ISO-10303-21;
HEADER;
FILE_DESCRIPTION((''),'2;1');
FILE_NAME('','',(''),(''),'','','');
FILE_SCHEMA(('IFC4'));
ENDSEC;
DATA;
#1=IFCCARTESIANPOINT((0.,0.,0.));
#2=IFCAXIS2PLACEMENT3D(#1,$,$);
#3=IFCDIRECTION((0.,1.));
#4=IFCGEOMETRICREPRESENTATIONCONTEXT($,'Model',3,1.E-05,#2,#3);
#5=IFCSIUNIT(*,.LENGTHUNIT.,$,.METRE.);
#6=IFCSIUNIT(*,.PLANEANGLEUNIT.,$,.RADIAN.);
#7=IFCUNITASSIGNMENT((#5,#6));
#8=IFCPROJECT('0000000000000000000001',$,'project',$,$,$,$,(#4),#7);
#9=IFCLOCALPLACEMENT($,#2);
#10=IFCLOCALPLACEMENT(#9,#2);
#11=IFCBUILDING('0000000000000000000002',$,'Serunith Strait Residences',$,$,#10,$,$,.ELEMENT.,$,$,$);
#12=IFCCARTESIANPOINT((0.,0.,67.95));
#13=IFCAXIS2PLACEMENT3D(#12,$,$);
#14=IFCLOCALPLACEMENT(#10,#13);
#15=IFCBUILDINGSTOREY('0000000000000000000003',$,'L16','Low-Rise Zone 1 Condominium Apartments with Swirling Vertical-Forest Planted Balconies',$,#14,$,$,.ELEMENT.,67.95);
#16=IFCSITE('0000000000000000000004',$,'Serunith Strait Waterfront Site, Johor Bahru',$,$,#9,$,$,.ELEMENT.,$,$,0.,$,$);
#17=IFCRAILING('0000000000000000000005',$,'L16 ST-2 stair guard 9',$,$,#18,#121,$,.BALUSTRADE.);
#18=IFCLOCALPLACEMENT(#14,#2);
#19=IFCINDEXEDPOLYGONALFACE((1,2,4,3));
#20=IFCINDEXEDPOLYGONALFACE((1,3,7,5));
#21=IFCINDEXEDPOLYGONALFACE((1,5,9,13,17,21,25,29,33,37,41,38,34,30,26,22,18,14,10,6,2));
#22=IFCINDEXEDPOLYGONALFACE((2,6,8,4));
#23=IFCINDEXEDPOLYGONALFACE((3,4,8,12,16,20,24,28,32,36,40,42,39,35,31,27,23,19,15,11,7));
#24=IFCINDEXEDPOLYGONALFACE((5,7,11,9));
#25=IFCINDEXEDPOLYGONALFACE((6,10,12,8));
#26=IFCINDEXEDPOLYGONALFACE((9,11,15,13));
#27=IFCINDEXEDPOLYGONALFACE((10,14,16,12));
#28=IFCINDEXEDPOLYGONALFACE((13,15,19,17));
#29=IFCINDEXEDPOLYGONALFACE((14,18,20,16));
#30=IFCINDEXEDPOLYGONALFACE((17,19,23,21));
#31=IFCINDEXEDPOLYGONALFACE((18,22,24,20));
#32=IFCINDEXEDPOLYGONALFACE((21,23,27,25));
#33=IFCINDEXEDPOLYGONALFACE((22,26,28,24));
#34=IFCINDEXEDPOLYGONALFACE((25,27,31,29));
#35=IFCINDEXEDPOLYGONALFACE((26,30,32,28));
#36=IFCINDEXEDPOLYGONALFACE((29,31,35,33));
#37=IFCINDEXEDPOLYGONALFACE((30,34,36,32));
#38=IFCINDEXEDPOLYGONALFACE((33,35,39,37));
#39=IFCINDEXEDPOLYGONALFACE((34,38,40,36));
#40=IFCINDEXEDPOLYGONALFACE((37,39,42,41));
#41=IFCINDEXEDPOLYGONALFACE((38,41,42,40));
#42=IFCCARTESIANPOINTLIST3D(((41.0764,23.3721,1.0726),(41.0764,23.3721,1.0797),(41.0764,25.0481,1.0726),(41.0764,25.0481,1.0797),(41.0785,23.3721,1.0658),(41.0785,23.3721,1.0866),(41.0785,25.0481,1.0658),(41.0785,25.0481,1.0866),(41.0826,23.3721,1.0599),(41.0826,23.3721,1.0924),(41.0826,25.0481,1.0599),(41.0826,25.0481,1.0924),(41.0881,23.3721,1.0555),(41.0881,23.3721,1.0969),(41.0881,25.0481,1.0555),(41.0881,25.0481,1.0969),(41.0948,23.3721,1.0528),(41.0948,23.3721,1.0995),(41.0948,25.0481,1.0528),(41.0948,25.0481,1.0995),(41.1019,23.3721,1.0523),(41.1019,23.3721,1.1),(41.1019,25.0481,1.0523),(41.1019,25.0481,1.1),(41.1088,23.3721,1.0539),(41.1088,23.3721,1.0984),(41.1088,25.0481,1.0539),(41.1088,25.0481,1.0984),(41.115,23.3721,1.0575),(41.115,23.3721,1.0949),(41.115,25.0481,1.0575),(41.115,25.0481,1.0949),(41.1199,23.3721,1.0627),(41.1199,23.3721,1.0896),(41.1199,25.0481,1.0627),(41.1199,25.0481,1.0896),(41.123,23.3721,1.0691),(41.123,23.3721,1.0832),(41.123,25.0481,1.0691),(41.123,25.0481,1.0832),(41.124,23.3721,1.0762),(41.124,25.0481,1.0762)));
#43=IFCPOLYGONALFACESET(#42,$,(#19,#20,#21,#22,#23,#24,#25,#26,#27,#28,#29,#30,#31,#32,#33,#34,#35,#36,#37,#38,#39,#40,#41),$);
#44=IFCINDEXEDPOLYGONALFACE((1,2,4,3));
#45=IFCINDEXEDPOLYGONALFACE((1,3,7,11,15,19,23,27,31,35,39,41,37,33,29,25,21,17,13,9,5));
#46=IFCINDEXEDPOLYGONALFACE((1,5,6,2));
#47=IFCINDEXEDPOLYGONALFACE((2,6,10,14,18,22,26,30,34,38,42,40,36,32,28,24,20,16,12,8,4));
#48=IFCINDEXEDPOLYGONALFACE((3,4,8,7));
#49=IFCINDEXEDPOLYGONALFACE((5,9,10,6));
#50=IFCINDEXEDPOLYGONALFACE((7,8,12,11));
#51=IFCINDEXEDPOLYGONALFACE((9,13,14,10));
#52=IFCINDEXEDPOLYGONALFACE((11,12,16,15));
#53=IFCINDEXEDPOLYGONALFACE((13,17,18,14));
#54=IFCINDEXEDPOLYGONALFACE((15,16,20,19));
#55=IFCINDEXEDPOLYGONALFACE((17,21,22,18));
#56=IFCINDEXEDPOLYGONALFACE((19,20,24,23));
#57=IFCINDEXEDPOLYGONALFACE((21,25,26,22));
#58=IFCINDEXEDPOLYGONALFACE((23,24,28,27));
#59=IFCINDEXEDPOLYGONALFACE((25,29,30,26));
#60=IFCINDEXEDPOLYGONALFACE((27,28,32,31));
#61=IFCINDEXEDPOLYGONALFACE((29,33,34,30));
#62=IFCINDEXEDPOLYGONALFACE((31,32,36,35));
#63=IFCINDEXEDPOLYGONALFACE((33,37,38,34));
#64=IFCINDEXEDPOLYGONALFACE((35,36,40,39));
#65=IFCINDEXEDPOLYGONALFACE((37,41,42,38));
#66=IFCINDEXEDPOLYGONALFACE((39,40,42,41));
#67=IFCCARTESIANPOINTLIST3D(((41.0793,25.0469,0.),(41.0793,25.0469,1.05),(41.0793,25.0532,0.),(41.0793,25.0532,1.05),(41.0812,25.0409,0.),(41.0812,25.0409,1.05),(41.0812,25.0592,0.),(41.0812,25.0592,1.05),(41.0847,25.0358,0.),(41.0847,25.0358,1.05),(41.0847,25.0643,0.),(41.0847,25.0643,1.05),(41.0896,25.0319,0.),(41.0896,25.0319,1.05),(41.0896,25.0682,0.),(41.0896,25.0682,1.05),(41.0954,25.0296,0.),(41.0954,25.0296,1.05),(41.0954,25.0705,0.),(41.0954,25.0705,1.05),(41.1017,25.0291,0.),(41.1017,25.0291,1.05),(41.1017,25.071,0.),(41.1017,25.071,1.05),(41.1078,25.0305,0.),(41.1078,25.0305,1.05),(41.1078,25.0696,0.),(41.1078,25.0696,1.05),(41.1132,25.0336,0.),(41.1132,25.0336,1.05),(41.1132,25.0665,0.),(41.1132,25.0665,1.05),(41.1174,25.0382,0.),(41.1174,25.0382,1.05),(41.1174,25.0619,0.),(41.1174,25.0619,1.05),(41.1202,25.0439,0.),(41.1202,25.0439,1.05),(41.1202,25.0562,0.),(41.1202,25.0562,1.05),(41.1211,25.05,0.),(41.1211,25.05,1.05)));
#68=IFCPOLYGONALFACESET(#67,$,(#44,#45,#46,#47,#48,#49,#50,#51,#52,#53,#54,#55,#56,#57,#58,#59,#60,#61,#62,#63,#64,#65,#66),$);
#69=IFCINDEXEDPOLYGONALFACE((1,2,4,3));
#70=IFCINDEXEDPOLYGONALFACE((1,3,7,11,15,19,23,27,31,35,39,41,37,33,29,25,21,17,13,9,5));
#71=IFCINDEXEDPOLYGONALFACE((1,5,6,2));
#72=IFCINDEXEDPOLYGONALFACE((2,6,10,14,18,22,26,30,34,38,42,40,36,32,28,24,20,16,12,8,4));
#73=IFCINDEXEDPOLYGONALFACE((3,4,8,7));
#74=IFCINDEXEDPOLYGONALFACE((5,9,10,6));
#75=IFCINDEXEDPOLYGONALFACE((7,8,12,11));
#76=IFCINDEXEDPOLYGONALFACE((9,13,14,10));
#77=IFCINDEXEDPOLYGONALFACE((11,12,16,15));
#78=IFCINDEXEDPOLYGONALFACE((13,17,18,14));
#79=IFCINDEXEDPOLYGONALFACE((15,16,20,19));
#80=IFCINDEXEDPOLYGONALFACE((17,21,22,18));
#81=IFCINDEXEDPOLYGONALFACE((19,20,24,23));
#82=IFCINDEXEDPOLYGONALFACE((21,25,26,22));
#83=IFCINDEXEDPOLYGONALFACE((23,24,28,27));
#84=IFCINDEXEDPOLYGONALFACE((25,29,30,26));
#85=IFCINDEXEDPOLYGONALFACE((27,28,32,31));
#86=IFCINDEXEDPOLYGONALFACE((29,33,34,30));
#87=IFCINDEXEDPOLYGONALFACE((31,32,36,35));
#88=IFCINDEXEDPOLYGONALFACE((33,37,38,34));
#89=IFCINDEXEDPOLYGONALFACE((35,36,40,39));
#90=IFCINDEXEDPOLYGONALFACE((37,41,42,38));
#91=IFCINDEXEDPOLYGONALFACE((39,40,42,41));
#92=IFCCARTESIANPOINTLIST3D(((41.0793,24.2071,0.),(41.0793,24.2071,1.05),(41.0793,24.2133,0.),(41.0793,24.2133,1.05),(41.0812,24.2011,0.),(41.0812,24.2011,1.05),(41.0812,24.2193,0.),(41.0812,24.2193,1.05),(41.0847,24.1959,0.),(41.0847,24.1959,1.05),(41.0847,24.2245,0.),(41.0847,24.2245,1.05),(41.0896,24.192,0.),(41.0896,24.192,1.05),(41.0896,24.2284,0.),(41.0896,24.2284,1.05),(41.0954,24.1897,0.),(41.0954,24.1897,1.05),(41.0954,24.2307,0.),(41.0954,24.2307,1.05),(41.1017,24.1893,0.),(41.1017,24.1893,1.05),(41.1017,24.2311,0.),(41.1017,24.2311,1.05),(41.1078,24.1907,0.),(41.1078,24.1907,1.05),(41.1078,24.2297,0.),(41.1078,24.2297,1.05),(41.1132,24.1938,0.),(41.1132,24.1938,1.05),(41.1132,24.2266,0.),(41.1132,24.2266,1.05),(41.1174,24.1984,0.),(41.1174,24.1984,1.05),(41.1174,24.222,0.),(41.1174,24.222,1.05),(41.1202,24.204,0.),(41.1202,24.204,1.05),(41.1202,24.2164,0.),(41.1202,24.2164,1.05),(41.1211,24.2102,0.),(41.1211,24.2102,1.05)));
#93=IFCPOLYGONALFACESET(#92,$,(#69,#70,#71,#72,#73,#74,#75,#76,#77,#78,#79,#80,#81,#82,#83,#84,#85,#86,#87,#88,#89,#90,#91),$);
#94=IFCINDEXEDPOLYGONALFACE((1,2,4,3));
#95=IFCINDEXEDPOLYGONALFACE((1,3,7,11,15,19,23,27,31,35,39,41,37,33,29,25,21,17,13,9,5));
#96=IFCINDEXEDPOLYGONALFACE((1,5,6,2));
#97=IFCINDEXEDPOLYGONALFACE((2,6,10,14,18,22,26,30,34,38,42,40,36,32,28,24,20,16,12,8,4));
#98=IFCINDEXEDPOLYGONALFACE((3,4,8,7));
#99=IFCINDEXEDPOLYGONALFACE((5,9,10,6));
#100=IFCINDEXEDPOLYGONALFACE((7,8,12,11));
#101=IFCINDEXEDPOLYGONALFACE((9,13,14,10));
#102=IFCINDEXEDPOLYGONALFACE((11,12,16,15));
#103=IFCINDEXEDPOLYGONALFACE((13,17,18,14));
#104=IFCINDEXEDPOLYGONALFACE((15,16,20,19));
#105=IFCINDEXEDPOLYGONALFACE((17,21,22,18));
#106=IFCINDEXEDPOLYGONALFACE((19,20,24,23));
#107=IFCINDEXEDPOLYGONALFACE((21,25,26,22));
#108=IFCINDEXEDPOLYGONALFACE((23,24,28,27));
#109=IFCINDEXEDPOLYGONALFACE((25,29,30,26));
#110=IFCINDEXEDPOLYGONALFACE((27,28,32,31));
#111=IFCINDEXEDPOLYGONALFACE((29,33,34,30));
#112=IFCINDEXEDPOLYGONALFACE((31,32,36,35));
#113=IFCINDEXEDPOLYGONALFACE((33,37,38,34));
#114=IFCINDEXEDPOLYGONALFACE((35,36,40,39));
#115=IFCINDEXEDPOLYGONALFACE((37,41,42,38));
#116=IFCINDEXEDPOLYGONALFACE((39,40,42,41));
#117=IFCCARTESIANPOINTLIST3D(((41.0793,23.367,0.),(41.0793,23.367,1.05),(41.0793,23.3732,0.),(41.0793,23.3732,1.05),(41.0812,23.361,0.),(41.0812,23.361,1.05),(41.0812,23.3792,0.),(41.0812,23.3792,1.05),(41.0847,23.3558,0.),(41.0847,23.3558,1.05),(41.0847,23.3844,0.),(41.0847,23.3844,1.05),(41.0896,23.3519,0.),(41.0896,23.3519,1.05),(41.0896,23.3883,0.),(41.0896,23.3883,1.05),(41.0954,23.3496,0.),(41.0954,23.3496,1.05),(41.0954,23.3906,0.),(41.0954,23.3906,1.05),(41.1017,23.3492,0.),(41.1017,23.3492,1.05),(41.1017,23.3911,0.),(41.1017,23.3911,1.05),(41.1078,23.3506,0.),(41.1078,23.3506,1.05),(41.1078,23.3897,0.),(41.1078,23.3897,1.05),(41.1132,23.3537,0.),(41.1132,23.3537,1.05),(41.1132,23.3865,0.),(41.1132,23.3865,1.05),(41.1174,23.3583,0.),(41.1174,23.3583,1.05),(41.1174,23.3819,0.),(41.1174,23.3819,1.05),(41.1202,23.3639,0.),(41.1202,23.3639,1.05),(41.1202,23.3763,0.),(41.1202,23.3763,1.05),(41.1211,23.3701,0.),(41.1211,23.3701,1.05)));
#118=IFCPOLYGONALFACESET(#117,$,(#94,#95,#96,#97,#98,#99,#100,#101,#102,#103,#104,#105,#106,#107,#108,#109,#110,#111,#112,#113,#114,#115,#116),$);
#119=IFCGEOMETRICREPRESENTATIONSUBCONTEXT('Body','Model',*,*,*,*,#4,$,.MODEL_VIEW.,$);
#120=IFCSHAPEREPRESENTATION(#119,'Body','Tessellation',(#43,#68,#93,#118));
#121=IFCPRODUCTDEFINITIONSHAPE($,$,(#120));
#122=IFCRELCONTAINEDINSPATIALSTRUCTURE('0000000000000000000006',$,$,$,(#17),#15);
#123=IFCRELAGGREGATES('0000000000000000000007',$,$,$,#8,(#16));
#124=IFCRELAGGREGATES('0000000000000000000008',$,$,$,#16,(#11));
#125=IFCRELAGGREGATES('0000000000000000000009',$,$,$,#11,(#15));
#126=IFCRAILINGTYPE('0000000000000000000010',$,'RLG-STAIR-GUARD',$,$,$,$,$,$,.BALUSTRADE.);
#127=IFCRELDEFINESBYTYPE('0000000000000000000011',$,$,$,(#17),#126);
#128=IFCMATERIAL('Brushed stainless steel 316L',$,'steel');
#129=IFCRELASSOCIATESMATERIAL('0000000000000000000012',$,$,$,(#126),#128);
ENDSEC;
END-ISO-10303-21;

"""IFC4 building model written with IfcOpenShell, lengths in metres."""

from ifc_helpers import new_model, si_unit, direction, frame, origin, origin_2d, place, context, subcontext, project, spatial, circle, extrude, material, type_object, element, save


model = new_model("IFC4")

# Units and contexts
model_context = context("Model", 3, precision=1e-05, world=origin(), true_north=direction((0.0, 1.0)))
body_context = subcontext(model_context, "Body", "Model", "MODEL_VIEW")
ifc_project = project(units=[si_unit("LENGTHUNIT", "METRE"), si_unit("PLANEANGLEUNIT", "RADIAN")], contexts=[model_context])

# Site, building, storey
site_placement = place(None, origin())
site = spatial("IfcSite", under=ifc_project, at=site_placement, Name="Serunith Strait Waterfront Site, Johor Bahru", CompositionType="ELEMENT", RefElevation=0.0)
building_placement = place(site_placement, origin())
building = spatial("IfcBuilding", under=site, at=building_placement, Name="Serunith Strait Residences", CompositionType="ELEMENT")
storey_placement = place(building_placement, frame((0.0, 0.0, 67.95)))
storey = spatial("IfcBuildingStorey", under=building, at=storey_placement, Name="L16", Description="Low-Rise Zone 1 Condominium Apartments with Swirling Vertical-Forest Planted Balconies", CompositionType="ELEMENT", Elevation=67.95)

# Railing
ifc_material_1 = material(Name="Brushed stainless steel 316L", Category="steel")
railing_type = type_object("IfcRailingType", Name="RLG-STAIR-GUARD", PredefinedType="BALUSTRADE", material=ifc_material_1)
for number, where, name in (
    (1, (41.1001, 25.05, 0.0), "L16 ST-2 stair guard 9"),
):
    element("IfcRailing", number, at=place(storey_placement, frame(where)), inside=storey, type_object=railing_type, Name=name, PredefinedType="BALUSTRADE", context=body_context, shape_type="SweptSolid", body=[
        extrude(circle(Radius=0.0239, at=origin_2d()), frame((0.0, -0.002, 1.0762), z_axis=(0.0, -1.0, 0.0), x_axis=(1.0, 0.0, 0.0)), (0.0, 0.0, 1.0), 1.676),
        extrude(circle(Radius=0.021, at=origin_2d()), origin(), (0.0, 0.0, 1.0), 1.05),
        extrude(circle(Radius=0.021, at=origin_2d()), frame((0.0, -0.8398, 0.0)), (0.0, 0.0, 1.0), 1.05),
        extrude(circle(Radius=0.021, at=origin_2d()), frame((0.0, -1.6799, 0.0)), (0.0, 0.0, 1.0), 1.05),
    ])

save(model, "model.ifc")
